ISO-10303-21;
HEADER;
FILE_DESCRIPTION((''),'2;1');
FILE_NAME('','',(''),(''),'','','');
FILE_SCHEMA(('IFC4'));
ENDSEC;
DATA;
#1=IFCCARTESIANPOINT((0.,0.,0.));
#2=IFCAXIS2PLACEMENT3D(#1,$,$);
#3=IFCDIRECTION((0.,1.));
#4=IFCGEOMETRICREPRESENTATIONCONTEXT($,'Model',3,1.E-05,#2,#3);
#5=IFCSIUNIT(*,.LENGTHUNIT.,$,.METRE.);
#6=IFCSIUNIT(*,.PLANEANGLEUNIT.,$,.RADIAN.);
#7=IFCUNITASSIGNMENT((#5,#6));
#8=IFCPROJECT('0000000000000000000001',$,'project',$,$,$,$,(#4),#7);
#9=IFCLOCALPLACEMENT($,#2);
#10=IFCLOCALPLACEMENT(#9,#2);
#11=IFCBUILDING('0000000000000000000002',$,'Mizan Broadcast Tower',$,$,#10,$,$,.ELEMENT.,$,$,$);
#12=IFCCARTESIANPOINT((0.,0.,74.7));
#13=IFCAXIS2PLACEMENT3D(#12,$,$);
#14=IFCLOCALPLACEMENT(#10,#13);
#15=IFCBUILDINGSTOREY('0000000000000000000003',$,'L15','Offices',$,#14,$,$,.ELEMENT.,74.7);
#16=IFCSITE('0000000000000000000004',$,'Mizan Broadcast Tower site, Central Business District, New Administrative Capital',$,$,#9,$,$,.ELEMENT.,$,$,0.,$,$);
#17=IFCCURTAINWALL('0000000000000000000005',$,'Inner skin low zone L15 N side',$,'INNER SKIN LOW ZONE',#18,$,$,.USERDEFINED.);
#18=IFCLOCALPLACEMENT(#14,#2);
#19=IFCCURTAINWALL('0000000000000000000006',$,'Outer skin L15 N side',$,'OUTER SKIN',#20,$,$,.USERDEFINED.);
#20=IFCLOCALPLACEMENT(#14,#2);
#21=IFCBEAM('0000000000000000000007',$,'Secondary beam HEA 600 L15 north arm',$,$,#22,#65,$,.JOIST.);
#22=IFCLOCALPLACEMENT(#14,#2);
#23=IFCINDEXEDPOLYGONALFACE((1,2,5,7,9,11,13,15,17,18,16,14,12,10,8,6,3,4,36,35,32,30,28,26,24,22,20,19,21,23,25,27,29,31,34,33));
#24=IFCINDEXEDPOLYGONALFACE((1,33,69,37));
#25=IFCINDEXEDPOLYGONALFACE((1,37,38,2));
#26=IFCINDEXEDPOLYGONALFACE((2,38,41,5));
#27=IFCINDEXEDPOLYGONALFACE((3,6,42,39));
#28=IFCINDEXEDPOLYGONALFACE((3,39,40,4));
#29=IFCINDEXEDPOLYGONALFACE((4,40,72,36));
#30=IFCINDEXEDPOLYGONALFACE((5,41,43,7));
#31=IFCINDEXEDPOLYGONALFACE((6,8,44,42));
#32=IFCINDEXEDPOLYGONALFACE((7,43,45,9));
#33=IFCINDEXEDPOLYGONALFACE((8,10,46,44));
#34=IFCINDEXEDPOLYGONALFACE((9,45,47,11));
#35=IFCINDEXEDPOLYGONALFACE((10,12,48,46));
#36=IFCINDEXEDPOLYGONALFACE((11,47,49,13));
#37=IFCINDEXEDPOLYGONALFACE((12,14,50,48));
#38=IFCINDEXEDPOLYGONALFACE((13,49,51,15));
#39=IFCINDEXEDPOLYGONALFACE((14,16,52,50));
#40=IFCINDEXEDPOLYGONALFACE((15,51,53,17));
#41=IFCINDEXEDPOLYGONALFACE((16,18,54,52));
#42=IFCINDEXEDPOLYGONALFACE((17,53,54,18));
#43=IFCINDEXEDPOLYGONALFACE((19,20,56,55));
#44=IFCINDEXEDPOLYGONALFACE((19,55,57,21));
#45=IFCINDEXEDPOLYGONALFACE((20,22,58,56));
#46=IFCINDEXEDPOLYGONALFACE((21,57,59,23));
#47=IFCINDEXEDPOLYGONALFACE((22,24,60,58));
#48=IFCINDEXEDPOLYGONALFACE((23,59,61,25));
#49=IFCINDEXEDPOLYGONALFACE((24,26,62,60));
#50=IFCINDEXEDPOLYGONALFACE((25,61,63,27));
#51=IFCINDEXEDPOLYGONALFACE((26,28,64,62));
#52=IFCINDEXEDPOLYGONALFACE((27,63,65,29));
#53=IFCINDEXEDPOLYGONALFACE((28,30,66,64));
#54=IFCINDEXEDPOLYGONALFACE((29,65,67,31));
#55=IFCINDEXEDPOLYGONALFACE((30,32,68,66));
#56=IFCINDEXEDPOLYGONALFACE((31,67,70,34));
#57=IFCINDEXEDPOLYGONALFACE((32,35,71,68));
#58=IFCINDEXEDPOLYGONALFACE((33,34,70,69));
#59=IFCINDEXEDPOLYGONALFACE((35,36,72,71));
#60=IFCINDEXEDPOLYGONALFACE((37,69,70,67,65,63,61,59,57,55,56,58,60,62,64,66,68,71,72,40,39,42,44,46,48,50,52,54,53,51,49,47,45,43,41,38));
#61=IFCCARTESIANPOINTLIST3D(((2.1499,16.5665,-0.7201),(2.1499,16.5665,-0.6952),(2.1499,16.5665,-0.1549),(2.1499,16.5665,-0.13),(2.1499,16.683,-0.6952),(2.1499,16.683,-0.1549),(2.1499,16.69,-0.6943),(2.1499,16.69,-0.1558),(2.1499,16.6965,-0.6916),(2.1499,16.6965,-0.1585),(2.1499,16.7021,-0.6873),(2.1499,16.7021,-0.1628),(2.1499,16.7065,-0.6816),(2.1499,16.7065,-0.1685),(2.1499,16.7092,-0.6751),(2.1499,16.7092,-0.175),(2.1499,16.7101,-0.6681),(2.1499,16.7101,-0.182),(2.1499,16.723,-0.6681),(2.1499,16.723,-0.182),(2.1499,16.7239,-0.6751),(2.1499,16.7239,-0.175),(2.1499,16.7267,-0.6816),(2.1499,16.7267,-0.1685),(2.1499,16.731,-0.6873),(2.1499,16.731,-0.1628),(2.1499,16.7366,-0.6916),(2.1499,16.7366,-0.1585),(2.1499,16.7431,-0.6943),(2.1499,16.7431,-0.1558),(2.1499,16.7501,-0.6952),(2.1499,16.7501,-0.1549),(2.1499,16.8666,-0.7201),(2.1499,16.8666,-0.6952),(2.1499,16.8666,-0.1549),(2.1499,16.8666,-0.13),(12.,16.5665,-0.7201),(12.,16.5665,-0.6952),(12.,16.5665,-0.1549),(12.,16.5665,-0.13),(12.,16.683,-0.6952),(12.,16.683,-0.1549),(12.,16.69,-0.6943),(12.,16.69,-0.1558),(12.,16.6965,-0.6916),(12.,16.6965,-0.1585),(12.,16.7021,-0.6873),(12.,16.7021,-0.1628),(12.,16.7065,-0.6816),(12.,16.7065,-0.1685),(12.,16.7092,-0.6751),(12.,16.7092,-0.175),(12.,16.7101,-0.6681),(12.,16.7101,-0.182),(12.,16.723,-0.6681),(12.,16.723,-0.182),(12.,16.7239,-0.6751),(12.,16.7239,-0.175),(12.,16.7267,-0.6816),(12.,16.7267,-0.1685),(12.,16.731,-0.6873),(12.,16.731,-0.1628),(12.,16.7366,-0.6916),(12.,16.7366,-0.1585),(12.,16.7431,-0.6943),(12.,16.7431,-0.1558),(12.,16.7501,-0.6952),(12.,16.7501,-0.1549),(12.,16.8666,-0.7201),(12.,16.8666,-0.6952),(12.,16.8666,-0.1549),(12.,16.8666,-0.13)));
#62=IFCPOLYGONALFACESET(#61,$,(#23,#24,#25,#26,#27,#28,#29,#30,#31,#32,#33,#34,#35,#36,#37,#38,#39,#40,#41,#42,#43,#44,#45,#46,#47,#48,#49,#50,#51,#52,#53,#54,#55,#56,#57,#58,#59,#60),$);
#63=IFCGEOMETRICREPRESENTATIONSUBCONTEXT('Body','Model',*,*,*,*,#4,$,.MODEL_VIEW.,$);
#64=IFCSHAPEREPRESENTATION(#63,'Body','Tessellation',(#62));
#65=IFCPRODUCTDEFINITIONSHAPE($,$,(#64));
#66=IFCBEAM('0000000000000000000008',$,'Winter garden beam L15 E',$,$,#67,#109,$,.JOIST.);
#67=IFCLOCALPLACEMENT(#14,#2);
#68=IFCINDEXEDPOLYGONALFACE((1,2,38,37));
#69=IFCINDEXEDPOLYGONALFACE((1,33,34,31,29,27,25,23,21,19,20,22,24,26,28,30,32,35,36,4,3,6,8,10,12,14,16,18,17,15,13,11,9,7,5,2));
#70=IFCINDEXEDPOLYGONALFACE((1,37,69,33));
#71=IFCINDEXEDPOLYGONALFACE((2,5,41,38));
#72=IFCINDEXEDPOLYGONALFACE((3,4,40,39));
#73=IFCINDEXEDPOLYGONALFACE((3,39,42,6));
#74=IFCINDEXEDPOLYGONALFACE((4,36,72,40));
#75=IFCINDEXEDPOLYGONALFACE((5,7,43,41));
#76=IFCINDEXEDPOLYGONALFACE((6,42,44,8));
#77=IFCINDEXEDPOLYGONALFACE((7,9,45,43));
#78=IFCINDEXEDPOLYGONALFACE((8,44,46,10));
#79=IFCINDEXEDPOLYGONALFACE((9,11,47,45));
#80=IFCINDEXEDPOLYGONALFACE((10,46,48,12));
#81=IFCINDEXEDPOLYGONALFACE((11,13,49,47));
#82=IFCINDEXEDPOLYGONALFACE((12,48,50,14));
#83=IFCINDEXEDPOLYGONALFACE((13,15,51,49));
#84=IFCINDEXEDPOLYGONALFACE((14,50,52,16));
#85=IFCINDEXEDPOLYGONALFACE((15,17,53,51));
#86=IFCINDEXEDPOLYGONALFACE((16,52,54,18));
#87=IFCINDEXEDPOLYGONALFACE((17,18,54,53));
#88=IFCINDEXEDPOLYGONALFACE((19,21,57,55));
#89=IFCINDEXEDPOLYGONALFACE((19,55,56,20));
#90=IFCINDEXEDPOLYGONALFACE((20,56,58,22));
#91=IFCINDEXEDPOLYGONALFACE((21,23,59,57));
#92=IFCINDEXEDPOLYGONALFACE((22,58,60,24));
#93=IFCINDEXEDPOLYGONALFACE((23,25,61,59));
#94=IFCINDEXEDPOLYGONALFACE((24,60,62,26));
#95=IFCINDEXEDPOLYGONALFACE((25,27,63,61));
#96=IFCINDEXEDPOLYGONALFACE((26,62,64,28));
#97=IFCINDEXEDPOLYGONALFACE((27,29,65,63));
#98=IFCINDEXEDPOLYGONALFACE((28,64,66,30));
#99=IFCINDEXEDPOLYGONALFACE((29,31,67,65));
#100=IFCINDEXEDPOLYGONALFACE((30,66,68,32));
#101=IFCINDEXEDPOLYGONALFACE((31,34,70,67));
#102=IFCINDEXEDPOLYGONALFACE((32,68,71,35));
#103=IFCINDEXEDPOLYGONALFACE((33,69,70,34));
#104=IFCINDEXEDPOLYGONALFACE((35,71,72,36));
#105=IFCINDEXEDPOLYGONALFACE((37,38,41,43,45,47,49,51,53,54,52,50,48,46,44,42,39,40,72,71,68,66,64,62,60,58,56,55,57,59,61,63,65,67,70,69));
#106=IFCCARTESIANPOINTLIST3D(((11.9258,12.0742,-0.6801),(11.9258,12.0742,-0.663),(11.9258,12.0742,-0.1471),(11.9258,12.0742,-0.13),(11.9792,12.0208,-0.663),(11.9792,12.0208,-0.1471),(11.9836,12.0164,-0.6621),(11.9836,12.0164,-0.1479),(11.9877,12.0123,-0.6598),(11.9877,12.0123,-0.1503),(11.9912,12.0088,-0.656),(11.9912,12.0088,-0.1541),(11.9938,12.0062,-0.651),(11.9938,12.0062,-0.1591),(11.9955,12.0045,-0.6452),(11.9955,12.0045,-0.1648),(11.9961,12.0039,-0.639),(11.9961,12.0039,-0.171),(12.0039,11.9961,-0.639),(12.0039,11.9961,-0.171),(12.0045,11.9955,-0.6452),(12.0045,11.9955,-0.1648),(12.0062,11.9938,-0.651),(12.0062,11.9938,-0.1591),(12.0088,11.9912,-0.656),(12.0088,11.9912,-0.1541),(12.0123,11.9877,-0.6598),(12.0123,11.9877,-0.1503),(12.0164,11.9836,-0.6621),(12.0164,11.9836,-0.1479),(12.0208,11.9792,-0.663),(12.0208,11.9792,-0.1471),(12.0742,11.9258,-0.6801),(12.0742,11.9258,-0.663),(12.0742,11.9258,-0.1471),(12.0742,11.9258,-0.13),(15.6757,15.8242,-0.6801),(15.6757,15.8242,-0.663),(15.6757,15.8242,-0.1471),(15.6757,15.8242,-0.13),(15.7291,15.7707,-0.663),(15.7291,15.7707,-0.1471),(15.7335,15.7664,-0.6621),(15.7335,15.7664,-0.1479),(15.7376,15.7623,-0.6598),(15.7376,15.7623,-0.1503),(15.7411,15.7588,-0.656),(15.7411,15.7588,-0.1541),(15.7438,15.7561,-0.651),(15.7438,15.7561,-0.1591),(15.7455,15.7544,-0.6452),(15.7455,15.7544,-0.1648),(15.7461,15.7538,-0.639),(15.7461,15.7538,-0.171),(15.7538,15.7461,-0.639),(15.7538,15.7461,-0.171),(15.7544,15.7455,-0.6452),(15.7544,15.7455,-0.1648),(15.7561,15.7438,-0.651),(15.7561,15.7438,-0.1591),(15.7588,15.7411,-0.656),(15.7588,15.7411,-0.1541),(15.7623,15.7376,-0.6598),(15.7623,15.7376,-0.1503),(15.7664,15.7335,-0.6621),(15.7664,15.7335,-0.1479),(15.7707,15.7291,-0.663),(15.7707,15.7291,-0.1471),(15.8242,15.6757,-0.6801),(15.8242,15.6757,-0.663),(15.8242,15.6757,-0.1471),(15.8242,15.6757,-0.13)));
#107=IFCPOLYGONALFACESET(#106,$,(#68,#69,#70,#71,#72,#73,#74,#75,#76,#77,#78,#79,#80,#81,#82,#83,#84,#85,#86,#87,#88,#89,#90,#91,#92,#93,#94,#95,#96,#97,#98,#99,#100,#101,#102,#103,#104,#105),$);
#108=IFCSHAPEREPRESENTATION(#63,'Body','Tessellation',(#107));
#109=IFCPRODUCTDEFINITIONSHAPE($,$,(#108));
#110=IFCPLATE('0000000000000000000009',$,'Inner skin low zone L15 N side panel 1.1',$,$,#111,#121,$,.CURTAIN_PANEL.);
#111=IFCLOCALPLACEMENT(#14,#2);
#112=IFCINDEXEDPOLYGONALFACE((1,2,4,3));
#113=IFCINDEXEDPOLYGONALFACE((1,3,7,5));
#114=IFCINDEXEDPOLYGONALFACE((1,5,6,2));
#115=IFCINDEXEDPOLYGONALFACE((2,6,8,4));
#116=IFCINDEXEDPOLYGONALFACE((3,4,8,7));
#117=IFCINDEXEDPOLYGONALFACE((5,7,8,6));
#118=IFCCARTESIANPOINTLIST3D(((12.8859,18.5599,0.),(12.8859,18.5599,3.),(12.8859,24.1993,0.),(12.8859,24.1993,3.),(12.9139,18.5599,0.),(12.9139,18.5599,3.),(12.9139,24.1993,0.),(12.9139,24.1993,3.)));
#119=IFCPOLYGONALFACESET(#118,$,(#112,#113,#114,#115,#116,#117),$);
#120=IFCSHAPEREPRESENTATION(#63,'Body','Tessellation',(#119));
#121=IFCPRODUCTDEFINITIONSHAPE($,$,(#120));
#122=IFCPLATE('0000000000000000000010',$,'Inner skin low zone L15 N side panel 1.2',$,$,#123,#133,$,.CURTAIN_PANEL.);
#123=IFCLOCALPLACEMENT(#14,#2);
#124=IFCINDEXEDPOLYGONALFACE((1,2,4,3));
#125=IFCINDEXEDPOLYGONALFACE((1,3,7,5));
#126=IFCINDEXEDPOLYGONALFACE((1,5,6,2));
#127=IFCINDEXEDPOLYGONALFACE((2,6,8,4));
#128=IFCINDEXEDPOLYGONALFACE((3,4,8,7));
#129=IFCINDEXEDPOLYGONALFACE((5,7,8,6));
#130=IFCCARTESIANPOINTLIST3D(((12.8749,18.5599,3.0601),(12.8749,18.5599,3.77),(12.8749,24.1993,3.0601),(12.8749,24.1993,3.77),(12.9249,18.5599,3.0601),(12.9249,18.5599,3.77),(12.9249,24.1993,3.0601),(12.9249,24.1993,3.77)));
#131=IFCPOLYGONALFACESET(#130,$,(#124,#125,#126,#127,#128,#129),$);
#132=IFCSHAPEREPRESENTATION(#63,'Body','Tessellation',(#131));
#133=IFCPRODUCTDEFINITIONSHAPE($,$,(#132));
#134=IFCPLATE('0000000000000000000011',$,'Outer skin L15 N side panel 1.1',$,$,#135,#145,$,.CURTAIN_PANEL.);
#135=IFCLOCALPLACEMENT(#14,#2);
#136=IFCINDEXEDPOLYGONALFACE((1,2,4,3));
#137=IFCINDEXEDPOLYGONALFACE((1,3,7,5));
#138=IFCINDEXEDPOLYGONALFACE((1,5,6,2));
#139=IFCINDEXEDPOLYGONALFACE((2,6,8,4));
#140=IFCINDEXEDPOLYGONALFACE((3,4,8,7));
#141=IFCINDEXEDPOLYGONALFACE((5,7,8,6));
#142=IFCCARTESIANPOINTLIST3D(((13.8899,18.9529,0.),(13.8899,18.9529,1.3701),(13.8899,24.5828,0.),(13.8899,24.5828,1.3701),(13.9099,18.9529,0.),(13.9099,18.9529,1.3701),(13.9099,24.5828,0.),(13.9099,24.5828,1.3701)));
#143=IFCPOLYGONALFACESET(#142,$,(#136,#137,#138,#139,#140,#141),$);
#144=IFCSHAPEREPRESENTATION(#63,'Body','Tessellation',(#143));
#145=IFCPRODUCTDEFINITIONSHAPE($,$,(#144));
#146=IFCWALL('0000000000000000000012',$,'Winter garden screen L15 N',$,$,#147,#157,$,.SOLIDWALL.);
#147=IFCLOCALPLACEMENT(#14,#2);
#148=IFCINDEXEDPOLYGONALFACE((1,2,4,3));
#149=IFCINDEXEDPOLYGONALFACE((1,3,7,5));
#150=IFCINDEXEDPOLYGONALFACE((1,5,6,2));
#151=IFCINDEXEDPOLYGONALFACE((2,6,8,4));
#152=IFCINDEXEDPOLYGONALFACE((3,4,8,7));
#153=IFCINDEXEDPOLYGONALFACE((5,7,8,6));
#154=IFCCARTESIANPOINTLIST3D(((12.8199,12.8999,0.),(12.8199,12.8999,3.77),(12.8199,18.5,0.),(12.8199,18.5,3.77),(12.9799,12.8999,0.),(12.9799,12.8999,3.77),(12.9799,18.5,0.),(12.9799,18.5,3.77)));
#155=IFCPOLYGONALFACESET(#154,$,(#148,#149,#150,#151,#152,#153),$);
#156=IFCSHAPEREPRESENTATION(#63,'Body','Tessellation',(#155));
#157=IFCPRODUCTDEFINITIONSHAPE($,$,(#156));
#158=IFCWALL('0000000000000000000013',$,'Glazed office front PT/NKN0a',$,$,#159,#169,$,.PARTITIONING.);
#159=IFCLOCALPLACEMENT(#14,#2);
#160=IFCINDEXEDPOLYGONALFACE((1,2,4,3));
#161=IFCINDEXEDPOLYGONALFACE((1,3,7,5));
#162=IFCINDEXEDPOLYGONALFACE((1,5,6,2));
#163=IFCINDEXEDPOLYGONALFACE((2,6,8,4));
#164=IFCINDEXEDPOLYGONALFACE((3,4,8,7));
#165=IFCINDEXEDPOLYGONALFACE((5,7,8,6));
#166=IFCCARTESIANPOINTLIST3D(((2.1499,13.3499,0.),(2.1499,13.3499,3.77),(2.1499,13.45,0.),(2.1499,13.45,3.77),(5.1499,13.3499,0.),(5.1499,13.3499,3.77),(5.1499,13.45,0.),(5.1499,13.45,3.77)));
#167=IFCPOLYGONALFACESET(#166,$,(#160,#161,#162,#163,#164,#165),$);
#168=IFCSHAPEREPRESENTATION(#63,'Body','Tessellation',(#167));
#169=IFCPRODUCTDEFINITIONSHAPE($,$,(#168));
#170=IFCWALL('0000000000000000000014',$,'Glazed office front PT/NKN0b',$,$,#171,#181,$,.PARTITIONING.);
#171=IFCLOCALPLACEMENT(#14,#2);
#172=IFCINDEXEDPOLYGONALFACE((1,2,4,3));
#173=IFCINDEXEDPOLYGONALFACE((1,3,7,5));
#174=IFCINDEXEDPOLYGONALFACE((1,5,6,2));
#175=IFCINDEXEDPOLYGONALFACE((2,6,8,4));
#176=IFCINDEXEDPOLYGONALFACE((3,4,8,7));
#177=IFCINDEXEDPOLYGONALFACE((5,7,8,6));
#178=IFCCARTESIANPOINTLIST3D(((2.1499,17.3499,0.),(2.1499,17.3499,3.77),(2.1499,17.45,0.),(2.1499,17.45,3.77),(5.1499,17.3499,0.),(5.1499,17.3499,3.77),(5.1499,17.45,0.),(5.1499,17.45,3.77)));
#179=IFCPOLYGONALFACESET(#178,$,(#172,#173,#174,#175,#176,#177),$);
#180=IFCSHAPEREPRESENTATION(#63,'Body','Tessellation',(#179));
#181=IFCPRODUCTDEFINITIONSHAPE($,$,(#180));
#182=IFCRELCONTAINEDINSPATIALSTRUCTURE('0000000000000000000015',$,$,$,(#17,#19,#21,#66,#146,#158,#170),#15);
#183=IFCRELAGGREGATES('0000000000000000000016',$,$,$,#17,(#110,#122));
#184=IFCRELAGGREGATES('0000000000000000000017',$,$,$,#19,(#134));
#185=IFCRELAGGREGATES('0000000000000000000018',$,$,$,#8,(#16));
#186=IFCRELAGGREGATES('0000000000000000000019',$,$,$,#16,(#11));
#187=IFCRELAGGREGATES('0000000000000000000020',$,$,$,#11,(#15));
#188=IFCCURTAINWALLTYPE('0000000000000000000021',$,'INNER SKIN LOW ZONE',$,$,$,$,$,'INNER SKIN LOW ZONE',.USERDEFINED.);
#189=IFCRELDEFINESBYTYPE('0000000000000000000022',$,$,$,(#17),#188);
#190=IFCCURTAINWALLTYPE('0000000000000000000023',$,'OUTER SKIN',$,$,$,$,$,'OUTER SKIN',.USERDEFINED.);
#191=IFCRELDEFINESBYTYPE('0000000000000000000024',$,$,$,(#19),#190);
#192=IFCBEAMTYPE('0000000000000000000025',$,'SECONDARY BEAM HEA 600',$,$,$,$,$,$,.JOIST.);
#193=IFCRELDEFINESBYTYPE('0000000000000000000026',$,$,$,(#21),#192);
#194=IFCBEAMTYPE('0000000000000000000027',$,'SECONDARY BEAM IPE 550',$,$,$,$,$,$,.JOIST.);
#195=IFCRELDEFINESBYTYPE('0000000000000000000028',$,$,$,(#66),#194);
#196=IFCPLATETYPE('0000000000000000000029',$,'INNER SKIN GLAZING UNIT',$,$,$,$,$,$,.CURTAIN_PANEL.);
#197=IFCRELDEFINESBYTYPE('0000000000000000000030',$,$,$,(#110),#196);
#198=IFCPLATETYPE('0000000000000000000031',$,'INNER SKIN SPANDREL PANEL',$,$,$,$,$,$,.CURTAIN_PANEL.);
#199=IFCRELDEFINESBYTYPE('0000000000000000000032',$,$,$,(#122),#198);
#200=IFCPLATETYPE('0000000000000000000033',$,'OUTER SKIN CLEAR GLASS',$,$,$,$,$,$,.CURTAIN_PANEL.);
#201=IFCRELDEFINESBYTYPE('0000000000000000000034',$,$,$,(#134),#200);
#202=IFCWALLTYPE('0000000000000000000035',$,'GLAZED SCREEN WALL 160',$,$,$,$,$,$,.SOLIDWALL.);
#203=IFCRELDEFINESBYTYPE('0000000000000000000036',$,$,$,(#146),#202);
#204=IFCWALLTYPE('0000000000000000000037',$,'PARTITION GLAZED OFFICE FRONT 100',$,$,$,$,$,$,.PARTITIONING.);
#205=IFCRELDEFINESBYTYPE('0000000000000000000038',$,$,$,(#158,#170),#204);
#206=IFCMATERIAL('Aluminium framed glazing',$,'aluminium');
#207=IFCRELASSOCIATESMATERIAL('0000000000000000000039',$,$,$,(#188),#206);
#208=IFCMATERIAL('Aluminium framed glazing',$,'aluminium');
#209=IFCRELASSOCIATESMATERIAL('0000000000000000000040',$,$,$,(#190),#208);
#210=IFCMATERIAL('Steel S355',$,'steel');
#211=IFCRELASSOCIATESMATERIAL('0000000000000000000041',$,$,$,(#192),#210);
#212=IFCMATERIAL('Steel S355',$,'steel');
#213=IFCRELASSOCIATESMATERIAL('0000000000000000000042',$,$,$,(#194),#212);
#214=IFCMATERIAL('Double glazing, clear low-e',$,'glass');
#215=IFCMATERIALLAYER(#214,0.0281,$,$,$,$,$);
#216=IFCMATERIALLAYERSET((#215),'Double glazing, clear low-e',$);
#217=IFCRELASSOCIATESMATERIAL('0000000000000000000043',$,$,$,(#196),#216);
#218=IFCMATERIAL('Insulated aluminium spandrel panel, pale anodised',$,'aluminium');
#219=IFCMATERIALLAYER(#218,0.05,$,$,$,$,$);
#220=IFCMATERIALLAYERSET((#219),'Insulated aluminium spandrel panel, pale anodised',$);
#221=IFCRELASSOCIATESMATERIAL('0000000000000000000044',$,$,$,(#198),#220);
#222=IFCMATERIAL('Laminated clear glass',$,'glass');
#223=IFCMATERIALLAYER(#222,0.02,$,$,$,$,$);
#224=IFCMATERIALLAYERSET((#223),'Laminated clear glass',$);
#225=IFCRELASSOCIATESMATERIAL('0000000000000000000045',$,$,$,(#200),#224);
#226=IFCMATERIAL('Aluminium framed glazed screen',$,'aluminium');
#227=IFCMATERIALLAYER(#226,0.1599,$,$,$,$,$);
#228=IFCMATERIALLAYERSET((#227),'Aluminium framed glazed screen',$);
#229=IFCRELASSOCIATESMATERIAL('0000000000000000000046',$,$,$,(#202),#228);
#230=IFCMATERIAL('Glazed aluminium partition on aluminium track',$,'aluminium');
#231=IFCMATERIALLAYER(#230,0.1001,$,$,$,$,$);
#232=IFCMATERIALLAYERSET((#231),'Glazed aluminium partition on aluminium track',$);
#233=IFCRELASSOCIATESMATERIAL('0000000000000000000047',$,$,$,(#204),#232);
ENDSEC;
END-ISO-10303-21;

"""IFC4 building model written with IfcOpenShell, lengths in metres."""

from ifc_helpers import new_model, si_unit, direction, frame, frame_2d, origin, origin_2d, place, context, subcontext, project, spatial, rectangle, i_section, extrude, material, layer, layer_set, material_profile, profile_set, type_object, element, aggregate, save


model = new_model("IFC4")

# Units and contexts
model_context = context("Model", 3, precision=1e-05, world=origin(), true_north=direction((0.0, 1.0)))
body_context = subcontext(model_context, "Body", "Model", "MODEL_VIEW")
ifc_project = project(units=[si_unit("LENGTHUNIT", "METRE"), si_unit("PLANEANGLEUNIT", "RADIAN")], contexts=[model_context])

# Site, building, storey
site_placement = place(None, origin())
site = spatial("IfcSite", under=ifc_project, at=site_placement, Name="Mizan Broadcast Tower site, Central Business District, New Administrative Capital", CompositionType="ELEMENT", RefElevation=0.0)
building_placement = place(site_placement, origin())
building = spatial("IfcBuilding", under=site, at=building_placement, Name="Mizan Broadcast Tower", CompositionType="ELEMENT")
storey_placement = place(building_placement, frame((0.0, 0.0, 74.7)))
storey = spatial("IfcBuildingStorey", under=building, at=storey_placement, Name="L15", Description="Offices", CompositionType="ELEMENT", Elevation=74.7)

# Curtain walls
ifc_material_1 = material(Name="Aluminium framed glazing", Category="aluminium")
curtain_wall_type_1 = type_object("IfcCurtainWallType", Name="INNER SKIN LOW ZONE", ElementType="INNER SKIN LOW ZONE", PredefinedType="USERDEFINED", material=ifc_material_1)
curtain_wall_1_placement = place(storey_placement, origin())
curtain_wall_1 = element("IfcCurtainWall", 1, at=curtain_wall_1_placement, inside=storey, type_object=curtain_wall_type_1, Name="Inner skin low zone L15 N side", ObjectType="INNER SKIN LOW ZONE", PredefinedType="USERDEFINED")
ifc_material_2 = material(Name="Aluminium framed glazing", Category="aluminium")
curtain_wall_type_2 = type_object("IfcCurtainWallType", Name="OUTER SKIN", ElementType="OUTER SKIN", PredefinedType="USERDEFINED", material=ifc_material_2)
curtain_wall_2_placement = place(storey_placement, origin())
curtain_wall_2 = element("IfcCurtainWall", 2, at=curtain_wall_2_placement, inside=storey, type_object=curtain_wall_type_2, Name="Outer skin L15 N side", ObjectType="OUTER SKIN", PredefinedType="USERDEFINED")

# Beams
ifc_material_3 = material(Name="Steel S355", Category="steel")
ifc_material_profile_1 = material_profile(ifc_material_3, i_section(OverallWidth=0.3, OverallDepth=0.5901, WebThickness=0.0129, FlangeThickness=0.0249, FilletRadius=0.0271, at=origin_2d()), Name="HEA 600")
ifc_profile_set_1 = profile_set([ifc_material_profile_1], Name="Steel S355")
beam_type_1 = type_object("IfcBeamType", Name="SECONDARY BEAM HEA 600", PredefinedType="JOIST", material=ifc_profile_set_1)
for number, where, z_axis, x_axis, name in (
    (3, (12.0, 16.7166, -0.425), (-1.0, 0.0, 0.0), (0.0, -1.0, 0.0), "Secondary beam HEA 600 L15 north arm"),
):
    element("IfcBeam", number, at=place(storey_placement, frame(where, z_axis=z_axis, x_axis=x_axis)), inside=storey, type_object=beam_type_1, Name=name, PredefinedType="JOIST", context=body_context, shape_type="SweptSolid", body=[
        extrude(i_section(OverallWidth=0.3, OverallDepth=0.5901, WebThickness=0.0129, FlangeThickness=0.0249, FilletRadius=0.0271, at=origin_2d()), origin(), (0.0, 0.0, 1.0), 9.8501),
    ])
ifc_material_4 = material(Name="Steel S355", Category="steel")
ifc_material_profile_2 = material_profile(ifc_material_4, i_section(OverallWidth=0.21, OverallDepth=0.55, WebThickness=0.011, FlangeThickness=0.0171, FilletRadius=0.0239, at=origin_2d()), Name="IPE 550")
ifc_profile_set_2 = profile_set([ifc_material_profile_2], Name="Steel S355")
beam_type_2 = type_object("IfcBeamType", Name="SECONDARY BEAM IPE 550", PredefinedType="JOIST", material=ifc_profile_set_2)
beam_1_placement = place(storey_placement, frame((12.0, 12.0, -0.405), z_axis=(0.707107, 0.707107, 0.0), x_axis=(-0.707107, 0.707107, 0.0)))
element("IfcBeam", 4, at=beam_1_placement, inside=storey, type_object=beam_type_2, Name="Winter garden beam L15 E", PredefinedType="JOIST", context=body_context, shape_type="SweptSolid", body=[
    extrude(i_section(OverallWidth=0.21, OverallDepth=0.55, WebThickness=0.011, FlangeThickness=0.0171, FilletRadius=0.0239, at=origin_2d()), origin(), (0.0, 0.0, 1.0), 5.3032),
])

# Plates
ifc_material_5 = material(Name="Double glazing, clear low-e", Category="glass")
ifc_layer_1 = layer(ifc_material_5, 0.0281)
ifc_layer_set_1 = layer_set([ifc_layer_1], Name="Double glazing, clear low-e")
plate_type_1 = type_object("IfcPlateType", Name="INNER SKIN GLAZING UNIT", PredefinedType="CURTAIN_PANEL", material=ifc_layer_set_1)
plate_1_placement = place(storey_placement, frame((12.8999, 21.3796, 0.0), z_axis=(0.0, 0.0, 1.0), x_axis=(0.0, 1.0, 0.0)))
plate_1 = element("IfcPlate", 5, at=plate_1_placement, type_object=plate_type_1, Name="Inner skin low zone L15 N side panel 1.1", PredefinedType="CURTAIN_PANEL", context=body_context, shape_type="SweptSolid", body=[
    extrude(rectangle(XDim=5.6394, YDim=0.0281, at=origin_2d()), origin(), (0.0, 0.0, 1.0), 3.0),
])
ifc_material_6 = material(Name="Insulated aluminium spandrel panel, pale anodised", Category="aluminium")
ifc_layer_2 = layer(ifc_material_6, 0.05)
ifc_layer_set_2 = layer_set([ifc_layer_2], Name="Insulated aluminium spandrel panel, pale anodised")
plate_type_2 = type_object("IfcPlateType", Name="INNER SKIN SPANDREL PANEL", PredefinedType="CURTAIN_PANEL", material=ifc_layer_set_2)
plate_2_placement = place(storey_placement, frame((12.8999, 21.3796, 3.0601), z_axis=(0.0, 0.0, 1.0), x_axis=(0.0, 1.0, 0.0)))
plate_2 = element("IfcPlate", 6, at=plate_2_placement, type_object=plate_type_2, Name="Inner skin low zone L15 N side panel 1.2", PredefinedType="CURTAIN_PANEL", context=body_context, shape_type="SweptSolid", body=[
    extrude(rectangle(XDim=5.6394, YDim=0.05, at=origin_2d()), origin(), (0.0, 0.0, 1.0), 0.71),
])
aggregate(curtain_wall_1, [plate_1, plate_2])
ifc_material_7 = material(Name="Laminated clear glass", Category="glass")
ifc_layer_3 = layer(ifc_material_7, 0.02)
ifc_layer_set_3 = layer_set([ifc_layer_3], Name="Laminated clear glass")
plate_type_3 = type_object("IfcPlateType", Name="OUTER SKIN CLEAR GLASS", PredefinedType="CURTAIN_PANEL", material=ifc_layer_set_3)
plate_3_placement = place(storey_placement, frame((13.8999, 21.7678, 0.0), z_axis=(0.0, 0.0, 1.0), x_axis=(0.0, 1.0, 0.0)))
plate_3 = element("IfcPlate", 7, at=plate_3_placement, type_object=plate_type_3, Name="Outer skin L15 N side panel 1.1", PredefinedType="CURTAIN_PANEL", context=body_context, shape_type="SweptSolid", body=[
    extrude(rectangle(XDim=5.6299, YDim=0.02, at=origin_2d()), origin(), (0.0, 0.0, 1.0), 1.3701),
])
aggregate(curtain_wall_2, [plate_3])

# Walls
ifc_material_8 = material(Name="Aluminium framed glazed screen", Category="aluminium")
ifc_layer_4 = layer(ifc_material_8, 0.1599)
ifc_layer_set_4 = layer_set([ifc_layer_4], Name="Aluminium framed glazed screen")
wall_type_1 = type_object("IfcWallType", Name="GLAZED SCREEN WALL 160", PredefinedType="SOLIDWALL", material=ifc_layer_set_4)
wall_1_placement = place(storey_placement, frame((12.8999, 12.8999, 0.0), z_axis=(0.0, 0.0, 1.0), x_axis=(0.0, 1.0, 0.0)))
element("IfcWall", 8, at=wall_1_placement, inside=storey, type_object=wall_type_1, Name="Winter garden screen L15 N", PredefinedType="SOLIDWALL", context=body_context, shape_type="SweptSolid", body=[
    extrude(rectangle(XDim=5.6001, YDim=0.1599, at=frame_2d((2.8, 0.0))), origin(), (0.0, 0.0, 1.0), 3.77),
])
ifc_material_9 = material(Name="Glazed aluminium partition on aluminium track", Category="aluminium")
ifc_layer_5 = layer(ifc_material_9, 0.1001)
ifc_layer_set_5 = layer_set([ifc_layer_5], Name="Glazed aluminium partition on aluminium track")
wall_type_2 = type_object("IfcWallType", Name="PARTITION GLAZED OFFICE FRONT 100", PredefinedType="PARTITIONING", material=ifc_layer_set_5)
for number, where, z_axis, x_axis, name in (
    (9, (2.1499, 13.3999, 0.0), (0.0, 0.0, 1.0), (1.0, 0.0, 0.0), "Glazed office front PT/NKN0a"),
    (10, (2.1499, 17.3999, 0.0), (0.0, 0.0, 1.0), (1.0, 0.0, 0.0), "Glazed office front PT/NKN0b"),
):
    element("IfcWall", number, at=place(storey_placement, frame(where, z_axis=z_axis, x_axis=x_axis)), inside=storey, type_object=wall_type_2, Name=name, PredefinedType="PARTITIONING", context=body_context, shape_type="SweptSolid", body=[
        extrude(rectangle(XDim=3.0, YDim=0.1001, at=frame_2d((1.5, 0.0))), origin(), (0.0, 0.0, 1.0), 3.77),
    ])

save(model, "model.ifc")
